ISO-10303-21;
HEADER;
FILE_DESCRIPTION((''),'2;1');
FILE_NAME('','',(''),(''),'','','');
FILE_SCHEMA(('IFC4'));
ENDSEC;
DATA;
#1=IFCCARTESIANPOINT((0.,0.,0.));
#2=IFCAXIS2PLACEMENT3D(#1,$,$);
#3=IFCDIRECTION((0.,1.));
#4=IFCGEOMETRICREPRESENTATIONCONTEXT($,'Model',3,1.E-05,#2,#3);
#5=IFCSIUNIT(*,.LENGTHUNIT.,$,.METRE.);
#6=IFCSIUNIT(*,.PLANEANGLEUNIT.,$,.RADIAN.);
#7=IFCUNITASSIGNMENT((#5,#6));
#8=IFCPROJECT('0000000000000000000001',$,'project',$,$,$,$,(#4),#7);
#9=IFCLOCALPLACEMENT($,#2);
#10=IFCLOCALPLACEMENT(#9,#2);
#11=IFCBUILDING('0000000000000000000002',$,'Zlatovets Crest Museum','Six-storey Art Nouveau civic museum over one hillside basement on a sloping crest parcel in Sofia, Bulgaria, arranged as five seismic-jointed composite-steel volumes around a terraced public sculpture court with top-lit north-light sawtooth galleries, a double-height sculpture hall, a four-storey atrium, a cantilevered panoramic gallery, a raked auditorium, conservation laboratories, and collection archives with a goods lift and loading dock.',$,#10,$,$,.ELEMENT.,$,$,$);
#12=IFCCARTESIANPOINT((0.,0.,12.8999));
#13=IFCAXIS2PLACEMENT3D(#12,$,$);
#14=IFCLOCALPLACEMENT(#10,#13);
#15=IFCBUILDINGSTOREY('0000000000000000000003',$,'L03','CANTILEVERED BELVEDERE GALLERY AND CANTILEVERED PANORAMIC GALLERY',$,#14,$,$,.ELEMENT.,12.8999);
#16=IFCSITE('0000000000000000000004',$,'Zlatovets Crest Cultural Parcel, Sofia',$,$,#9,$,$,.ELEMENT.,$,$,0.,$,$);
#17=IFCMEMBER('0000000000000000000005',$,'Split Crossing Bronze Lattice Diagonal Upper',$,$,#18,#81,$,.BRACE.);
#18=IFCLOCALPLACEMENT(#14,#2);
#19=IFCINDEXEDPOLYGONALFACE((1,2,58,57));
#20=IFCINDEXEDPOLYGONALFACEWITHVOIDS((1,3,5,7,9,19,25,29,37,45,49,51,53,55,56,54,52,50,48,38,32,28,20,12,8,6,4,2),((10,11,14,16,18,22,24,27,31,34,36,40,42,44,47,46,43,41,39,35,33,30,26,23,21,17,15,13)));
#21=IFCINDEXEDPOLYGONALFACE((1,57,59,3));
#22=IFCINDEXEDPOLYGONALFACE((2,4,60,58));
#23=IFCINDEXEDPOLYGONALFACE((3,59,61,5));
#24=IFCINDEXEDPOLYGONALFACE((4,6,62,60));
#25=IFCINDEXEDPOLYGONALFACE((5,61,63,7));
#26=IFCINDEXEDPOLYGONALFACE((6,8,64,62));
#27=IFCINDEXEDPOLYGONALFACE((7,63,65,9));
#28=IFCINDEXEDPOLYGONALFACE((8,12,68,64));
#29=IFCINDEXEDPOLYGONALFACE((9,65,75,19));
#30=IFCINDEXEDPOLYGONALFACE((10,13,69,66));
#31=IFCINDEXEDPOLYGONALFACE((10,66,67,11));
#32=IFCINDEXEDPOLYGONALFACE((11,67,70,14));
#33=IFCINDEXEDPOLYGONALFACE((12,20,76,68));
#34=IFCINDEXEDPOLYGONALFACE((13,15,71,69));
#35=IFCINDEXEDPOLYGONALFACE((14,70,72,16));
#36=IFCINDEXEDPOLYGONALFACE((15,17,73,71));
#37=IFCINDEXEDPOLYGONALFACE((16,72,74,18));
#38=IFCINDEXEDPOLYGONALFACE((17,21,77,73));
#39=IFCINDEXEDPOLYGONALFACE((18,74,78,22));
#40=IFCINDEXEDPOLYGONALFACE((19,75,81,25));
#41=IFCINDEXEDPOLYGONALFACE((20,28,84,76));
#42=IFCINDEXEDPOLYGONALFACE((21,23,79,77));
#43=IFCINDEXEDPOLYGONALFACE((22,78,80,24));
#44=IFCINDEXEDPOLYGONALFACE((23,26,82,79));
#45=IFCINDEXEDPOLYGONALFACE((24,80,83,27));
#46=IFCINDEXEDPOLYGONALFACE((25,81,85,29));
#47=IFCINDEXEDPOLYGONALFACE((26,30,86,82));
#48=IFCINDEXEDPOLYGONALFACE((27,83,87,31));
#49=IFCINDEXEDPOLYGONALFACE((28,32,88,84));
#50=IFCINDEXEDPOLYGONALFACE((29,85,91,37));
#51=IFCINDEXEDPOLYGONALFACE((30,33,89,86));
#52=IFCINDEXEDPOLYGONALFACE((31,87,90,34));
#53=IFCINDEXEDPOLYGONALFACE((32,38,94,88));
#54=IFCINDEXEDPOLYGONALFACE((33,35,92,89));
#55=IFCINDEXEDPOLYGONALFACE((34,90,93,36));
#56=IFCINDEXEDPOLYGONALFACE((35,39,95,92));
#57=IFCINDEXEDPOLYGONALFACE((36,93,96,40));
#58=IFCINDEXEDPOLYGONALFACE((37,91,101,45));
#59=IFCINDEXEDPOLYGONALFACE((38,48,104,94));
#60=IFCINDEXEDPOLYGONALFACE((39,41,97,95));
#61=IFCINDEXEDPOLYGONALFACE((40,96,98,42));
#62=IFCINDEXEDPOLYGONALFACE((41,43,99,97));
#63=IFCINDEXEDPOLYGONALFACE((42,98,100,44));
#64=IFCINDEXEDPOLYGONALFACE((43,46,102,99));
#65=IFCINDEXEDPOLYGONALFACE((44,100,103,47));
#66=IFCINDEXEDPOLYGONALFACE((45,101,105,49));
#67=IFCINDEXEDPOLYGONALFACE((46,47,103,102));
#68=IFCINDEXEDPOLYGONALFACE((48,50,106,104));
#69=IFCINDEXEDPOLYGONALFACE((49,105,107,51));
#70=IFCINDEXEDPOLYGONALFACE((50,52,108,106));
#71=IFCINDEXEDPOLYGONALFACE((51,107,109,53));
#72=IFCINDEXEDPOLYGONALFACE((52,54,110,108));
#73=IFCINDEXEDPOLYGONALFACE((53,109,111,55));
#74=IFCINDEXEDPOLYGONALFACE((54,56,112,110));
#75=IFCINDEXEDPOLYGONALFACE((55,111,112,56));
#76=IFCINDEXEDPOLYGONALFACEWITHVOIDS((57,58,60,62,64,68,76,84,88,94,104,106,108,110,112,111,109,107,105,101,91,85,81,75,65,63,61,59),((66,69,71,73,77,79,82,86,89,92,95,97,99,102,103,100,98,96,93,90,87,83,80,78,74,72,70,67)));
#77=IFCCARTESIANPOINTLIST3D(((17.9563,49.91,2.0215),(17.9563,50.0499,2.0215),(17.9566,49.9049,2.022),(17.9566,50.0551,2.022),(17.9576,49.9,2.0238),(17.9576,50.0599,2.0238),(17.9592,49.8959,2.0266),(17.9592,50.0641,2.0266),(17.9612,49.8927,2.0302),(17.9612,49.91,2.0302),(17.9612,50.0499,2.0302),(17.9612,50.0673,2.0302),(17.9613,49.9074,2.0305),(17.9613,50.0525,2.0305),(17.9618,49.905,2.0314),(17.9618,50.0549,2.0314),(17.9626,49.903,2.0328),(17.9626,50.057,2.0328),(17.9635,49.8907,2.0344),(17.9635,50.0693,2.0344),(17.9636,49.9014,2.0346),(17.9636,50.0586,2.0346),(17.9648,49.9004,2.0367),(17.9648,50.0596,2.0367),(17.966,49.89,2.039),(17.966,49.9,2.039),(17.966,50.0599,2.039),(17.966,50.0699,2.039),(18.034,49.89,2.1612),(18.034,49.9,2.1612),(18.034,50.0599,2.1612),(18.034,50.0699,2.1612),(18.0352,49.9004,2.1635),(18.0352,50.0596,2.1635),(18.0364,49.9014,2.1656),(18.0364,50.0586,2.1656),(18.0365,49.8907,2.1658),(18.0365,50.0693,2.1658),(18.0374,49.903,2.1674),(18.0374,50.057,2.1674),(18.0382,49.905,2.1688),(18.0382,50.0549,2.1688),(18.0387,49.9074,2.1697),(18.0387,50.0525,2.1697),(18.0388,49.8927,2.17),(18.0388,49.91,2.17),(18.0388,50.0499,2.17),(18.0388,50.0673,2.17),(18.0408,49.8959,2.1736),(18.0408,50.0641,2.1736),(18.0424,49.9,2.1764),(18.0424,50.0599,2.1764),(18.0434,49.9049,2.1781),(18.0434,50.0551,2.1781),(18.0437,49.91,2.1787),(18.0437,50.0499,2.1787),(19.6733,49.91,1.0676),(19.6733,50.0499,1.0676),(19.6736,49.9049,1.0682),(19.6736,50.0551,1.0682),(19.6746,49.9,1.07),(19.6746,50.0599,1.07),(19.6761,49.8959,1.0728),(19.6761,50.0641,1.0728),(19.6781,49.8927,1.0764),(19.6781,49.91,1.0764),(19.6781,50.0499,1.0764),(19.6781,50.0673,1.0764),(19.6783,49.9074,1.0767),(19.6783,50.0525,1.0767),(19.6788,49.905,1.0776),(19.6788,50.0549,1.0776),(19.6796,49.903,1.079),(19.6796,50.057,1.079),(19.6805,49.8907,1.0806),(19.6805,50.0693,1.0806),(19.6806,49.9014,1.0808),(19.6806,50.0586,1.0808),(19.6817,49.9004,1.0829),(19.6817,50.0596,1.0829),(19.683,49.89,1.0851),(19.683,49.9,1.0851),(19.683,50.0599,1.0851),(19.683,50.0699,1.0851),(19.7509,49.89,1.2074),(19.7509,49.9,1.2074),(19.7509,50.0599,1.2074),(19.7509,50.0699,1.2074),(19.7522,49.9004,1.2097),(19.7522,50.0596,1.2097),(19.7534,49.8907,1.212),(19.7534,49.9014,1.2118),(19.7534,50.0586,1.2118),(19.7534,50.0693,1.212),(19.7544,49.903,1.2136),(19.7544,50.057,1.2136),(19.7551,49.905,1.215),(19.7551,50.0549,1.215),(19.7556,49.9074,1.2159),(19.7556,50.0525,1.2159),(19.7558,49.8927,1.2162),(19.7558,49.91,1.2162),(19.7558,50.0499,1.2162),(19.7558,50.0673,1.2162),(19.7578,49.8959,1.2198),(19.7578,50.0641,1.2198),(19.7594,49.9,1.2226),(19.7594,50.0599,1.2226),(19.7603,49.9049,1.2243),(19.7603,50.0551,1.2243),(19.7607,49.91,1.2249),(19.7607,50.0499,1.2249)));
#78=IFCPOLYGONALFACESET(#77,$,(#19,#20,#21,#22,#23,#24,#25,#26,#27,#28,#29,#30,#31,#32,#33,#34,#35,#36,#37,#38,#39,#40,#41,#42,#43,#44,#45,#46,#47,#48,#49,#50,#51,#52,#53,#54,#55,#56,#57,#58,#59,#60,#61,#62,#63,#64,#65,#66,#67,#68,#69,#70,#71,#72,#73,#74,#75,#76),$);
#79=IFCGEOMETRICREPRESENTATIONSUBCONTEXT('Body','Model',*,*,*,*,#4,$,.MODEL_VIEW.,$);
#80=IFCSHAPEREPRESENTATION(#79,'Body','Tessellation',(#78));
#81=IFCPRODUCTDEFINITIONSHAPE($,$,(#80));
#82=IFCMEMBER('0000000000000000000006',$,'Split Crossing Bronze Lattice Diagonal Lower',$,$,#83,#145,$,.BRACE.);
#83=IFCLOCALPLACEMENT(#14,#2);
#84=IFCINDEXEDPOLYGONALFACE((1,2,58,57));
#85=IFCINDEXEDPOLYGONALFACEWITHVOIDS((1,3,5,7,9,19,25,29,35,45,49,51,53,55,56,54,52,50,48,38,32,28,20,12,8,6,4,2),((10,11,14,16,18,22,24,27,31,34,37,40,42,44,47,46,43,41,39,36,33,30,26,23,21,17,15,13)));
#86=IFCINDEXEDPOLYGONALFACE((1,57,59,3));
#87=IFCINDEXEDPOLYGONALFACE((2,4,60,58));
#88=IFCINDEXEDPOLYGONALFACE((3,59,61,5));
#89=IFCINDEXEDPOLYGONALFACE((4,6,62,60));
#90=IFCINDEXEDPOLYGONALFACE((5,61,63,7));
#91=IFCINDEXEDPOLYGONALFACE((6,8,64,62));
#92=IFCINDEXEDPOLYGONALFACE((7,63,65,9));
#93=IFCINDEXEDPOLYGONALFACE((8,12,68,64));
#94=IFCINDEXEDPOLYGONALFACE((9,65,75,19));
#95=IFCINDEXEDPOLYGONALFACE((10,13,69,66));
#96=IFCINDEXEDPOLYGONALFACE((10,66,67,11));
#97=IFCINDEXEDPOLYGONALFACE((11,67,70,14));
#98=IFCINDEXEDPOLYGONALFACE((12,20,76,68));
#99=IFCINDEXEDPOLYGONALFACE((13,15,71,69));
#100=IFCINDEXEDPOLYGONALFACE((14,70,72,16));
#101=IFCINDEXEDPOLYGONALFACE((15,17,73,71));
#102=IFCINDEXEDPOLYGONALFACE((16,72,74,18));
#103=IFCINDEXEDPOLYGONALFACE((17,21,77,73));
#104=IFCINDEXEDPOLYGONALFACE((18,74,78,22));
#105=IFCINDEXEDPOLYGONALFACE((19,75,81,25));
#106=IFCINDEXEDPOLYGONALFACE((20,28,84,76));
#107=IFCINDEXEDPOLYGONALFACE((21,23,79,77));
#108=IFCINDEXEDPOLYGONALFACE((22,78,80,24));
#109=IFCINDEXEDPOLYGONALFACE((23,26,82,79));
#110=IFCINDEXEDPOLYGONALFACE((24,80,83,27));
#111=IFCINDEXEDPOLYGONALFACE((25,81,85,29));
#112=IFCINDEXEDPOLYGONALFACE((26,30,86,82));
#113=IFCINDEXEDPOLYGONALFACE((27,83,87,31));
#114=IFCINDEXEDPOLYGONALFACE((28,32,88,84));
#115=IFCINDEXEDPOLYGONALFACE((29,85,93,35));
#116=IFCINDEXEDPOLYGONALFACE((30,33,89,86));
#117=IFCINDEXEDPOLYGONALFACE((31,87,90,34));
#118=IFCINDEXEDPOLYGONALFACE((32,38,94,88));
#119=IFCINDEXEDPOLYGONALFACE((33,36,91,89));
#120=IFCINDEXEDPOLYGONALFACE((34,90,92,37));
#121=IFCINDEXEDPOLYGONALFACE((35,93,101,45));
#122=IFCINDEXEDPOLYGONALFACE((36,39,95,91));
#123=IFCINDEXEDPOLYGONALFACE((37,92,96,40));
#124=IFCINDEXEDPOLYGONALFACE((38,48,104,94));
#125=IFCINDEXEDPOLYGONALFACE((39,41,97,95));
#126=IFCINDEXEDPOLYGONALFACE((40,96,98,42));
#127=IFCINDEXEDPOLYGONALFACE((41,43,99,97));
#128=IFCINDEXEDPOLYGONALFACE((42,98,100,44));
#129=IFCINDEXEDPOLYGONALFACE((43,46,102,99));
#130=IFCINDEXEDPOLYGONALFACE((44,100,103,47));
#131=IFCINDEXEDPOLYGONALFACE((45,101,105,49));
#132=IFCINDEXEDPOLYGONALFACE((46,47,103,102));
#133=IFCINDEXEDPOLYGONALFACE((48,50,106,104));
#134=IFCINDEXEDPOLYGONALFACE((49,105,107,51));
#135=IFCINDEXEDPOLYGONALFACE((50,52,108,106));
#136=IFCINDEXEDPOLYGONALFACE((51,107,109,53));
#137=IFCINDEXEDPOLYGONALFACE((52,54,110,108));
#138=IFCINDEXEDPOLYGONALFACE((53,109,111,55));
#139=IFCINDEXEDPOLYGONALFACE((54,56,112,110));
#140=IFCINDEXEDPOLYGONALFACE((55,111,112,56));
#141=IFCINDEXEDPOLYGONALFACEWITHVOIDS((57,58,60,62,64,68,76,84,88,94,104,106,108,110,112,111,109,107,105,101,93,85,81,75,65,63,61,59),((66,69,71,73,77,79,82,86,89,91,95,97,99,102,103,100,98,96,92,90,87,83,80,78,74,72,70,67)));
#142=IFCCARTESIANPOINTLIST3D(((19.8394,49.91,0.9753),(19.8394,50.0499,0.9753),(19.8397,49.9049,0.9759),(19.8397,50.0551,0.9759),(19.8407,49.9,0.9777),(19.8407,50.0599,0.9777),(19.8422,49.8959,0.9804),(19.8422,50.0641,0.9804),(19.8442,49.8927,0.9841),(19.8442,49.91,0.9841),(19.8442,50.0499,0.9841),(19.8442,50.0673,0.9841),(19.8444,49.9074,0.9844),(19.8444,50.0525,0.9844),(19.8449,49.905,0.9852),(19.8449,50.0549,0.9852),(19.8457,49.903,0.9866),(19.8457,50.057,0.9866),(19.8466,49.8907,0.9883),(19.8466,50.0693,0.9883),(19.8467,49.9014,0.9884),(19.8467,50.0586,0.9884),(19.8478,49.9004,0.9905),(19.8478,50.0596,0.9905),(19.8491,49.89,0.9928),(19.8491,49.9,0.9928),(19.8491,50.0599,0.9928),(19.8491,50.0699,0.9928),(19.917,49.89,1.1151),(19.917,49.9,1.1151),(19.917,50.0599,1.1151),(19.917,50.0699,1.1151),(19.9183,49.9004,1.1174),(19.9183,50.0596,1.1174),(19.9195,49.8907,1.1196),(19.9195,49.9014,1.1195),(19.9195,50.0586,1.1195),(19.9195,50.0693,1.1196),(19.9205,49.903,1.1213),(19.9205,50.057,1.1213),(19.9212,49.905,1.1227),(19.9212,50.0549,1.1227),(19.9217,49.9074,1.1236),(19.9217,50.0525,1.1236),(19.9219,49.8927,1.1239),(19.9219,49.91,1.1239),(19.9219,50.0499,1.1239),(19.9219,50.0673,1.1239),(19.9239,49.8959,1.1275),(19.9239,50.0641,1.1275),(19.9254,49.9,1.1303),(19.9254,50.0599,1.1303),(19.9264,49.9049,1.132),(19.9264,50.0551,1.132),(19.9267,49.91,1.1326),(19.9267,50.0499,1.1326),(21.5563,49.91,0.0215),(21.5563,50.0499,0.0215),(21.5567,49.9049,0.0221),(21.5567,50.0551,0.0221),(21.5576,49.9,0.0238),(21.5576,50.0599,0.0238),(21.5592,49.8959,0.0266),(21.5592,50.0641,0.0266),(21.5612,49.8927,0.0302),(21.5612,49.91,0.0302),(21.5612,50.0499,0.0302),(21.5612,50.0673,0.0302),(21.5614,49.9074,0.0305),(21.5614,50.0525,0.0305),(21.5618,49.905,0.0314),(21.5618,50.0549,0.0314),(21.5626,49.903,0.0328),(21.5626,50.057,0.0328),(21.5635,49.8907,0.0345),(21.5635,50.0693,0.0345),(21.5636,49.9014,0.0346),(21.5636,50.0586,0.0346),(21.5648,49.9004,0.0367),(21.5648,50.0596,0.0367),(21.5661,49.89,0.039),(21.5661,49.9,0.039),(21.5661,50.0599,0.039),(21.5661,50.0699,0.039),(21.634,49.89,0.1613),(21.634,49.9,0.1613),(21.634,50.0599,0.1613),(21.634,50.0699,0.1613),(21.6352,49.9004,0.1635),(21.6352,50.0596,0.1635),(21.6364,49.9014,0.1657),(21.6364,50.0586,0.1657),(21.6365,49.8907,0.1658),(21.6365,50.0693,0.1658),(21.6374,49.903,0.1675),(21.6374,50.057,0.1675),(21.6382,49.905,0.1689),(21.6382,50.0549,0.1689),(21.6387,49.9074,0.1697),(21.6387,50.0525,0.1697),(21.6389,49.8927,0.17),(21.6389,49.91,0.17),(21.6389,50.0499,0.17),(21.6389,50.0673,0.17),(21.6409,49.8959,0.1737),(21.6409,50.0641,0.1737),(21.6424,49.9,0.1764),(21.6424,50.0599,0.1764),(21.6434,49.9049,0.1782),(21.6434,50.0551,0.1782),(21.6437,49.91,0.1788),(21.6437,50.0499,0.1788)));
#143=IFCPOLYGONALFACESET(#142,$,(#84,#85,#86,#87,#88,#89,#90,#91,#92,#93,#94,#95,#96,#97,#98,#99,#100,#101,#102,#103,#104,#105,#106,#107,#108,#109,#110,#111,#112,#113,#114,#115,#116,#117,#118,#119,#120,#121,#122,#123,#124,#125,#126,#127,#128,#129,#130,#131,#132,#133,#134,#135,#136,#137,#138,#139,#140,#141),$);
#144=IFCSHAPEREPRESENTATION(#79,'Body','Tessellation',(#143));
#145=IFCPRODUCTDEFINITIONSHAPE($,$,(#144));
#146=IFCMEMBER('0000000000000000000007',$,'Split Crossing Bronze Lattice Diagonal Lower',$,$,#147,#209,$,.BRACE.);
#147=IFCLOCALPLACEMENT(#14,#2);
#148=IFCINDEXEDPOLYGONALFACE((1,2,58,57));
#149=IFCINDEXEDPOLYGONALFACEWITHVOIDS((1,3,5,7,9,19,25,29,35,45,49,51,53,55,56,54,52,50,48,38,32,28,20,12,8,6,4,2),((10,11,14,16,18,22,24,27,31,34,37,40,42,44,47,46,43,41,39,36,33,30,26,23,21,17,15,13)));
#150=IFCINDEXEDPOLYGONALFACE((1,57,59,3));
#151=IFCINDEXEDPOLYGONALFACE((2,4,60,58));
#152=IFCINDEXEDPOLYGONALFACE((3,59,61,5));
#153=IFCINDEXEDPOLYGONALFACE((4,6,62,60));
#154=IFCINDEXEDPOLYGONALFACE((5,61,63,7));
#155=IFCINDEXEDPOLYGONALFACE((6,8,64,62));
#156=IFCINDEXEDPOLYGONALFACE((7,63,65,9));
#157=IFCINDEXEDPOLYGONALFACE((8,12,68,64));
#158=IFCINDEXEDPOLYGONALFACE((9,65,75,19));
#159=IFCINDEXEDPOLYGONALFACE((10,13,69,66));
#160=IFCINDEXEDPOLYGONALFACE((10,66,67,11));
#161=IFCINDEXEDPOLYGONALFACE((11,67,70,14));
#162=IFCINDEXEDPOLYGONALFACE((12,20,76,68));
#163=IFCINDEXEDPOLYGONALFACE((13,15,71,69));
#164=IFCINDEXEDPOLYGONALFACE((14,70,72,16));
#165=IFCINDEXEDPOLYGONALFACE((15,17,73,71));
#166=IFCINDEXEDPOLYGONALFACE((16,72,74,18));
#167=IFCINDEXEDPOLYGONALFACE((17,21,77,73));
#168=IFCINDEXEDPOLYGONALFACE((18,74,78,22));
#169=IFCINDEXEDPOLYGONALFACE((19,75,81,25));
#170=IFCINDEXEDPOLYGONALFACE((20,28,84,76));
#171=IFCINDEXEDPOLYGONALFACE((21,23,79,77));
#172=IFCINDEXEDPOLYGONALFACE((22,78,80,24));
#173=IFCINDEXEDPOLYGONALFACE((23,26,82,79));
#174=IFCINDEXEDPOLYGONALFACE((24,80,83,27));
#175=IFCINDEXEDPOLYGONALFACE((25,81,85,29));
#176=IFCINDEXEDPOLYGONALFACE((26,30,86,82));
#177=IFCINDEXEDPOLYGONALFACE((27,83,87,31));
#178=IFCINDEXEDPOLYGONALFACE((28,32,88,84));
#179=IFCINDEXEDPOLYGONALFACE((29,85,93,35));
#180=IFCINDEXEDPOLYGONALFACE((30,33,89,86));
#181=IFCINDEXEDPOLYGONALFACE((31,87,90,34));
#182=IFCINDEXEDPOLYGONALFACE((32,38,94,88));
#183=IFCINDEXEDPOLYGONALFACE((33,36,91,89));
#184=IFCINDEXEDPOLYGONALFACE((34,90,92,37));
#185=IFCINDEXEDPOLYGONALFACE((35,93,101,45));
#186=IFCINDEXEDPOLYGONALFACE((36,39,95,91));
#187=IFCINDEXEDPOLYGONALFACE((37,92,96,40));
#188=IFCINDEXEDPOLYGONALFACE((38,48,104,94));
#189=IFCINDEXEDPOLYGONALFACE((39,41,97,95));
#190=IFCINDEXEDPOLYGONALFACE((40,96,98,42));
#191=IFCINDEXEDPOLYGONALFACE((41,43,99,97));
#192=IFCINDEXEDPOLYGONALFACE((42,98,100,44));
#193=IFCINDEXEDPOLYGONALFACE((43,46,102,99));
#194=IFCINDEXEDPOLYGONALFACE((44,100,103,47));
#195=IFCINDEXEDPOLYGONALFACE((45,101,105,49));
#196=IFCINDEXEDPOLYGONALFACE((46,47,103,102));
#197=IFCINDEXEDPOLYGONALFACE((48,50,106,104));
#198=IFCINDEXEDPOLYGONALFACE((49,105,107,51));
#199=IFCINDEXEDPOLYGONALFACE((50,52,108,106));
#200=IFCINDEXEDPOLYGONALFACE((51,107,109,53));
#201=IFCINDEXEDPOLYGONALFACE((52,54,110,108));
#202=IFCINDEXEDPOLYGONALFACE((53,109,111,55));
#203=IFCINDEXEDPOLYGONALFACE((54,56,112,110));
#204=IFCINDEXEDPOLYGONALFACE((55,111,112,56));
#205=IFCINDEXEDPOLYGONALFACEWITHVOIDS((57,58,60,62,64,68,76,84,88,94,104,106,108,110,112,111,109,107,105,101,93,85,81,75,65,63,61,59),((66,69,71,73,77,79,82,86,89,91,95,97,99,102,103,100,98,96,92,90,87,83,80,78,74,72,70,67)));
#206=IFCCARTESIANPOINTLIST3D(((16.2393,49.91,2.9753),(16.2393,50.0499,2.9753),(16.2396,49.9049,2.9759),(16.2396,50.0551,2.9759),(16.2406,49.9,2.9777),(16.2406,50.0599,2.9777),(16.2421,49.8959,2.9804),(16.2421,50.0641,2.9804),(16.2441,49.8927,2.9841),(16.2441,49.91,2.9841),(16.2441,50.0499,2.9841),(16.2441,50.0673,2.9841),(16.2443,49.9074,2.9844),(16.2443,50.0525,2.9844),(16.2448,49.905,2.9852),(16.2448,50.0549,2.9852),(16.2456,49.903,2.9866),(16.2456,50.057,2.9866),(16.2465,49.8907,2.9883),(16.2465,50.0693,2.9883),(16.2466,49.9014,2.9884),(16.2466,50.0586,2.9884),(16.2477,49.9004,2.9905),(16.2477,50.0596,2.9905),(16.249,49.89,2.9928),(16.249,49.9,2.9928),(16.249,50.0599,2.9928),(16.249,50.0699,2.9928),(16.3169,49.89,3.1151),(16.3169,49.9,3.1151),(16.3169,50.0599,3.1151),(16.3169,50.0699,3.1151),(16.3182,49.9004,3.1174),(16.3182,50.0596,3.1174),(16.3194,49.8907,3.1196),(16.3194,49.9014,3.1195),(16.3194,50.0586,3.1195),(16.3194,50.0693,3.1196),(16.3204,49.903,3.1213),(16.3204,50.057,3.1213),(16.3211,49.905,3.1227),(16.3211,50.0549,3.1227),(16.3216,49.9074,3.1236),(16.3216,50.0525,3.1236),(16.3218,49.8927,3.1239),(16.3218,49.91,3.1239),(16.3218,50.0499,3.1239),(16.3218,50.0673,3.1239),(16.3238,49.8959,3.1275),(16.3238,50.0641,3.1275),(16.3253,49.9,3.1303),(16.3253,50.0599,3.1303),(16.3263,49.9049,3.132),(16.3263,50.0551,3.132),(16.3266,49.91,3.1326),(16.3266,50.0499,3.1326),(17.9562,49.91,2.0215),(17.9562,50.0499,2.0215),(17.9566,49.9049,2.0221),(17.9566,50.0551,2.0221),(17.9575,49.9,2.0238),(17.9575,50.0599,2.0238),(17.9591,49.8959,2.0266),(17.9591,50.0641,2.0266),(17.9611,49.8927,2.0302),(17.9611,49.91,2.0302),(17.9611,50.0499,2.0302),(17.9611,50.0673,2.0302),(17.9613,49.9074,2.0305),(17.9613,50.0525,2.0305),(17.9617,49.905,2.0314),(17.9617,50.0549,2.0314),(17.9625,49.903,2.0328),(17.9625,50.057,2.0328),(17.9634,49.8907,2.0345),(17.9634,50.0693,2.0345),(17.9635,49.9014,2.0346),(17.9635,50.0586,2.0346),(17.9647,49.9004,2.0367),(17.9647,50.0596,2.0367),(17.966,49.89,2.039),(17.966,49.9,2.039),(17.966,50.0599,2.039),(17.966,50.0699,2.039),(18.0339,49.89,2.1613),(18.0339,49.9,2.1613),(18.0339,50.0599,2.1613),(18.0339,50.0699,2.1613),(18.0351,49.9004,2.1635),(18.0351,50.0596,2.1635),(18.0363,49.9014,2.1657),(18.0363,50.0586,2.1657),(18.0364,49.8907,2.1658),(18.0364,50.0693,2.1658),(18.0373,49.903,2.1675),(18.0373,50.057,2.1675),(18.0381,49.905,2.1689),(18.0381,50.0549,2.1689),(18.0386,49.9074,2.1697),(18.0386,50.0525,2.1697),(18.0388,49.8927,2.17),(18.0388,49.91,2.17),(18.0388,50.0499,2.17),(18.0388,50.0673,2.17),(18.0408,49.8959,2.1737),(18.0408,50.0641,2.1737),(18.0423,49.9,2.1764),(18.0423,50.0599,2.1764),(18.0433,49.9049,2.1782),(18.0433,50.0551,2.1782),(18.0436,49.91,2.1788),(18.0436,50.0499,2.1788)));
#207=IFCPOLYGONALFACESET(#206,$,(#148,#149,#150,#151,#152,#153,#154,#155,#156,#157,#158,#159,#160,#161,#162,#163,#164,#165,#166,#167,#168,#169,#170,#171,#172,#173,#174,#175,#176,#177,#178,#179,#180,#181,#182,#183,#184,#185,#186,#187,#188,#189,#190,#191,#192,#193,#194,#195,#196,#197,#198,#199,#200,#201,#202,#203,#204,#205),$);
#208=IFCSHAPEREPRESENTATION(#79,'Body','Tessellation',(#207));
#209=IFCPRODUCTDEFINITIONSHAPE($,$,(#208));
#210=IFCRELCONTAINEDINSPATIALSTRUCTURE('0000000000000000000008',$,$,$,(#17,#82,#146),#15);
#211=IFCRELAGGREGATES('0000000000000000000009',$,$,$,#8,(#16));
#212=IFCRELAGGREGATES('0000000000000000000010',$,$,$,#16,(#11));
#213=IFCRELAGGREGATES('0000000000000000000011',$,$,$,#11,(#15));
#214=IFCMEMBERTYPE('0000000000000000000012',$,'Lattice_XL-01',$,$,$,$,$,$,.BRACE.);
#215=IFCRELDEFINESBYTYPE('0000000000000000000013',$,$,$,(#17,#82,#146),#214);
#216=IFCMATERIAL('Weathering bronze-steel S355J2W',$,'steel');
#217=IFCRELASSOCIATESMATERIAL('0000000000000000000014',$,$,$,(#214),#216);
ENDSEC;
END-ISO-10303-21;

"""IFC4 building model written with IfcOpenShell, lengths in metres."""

from ifc_helpers import new_model, si_unit, direction, frame, origin, origin_2d, place, context, subcontext, project, spatial, hollow_rectangle, extrude, material, material_profile, profile_set, type_object, element, save


model = new_model("IFC4")

# Units and contexts
model_context = context("Model", 3, precision=1e-05, world=origin(), true_north=direction((0.0, 1.0)))
body_context = subcontext(model_context, "Body", "Model", "MODEL_VIEW")
ifc_project = project(units=[si_unit("LENGTHUNIT", "METRE"), si_unit("PLANEANGLEUNIT", "RADIAN")], contexts=[model_context])

# Site, building, storey
site_placement = place(None, origin())
site = spatial("IfcSite", under=ifc_project, at=site_placement, Name="Zlatovets Crest Cultural Parcel, Sofia", CompositionType="ELEMENT", RefElevation=0.0)
building_placement = place(site_placement, origin())
building = spatial("IfcBuilding", under=site, at=building_placement, Name="Zlatovets Crest Museum", Description="Six-storey Art Nouveau civic museum over one hillside basement on a sloping crest parcel in Sofia, Bulgaria, arranged as five seismic-jointed composite-steel volumes around a terraced public sculpture court with top-lit north-light sawtooth galleries, a double-height sculpture hall, a four-storey atrium, a cantilevered panoramic gallery, a raked auditorium, conservation laboratories, and collection archives with a goods lift and loading dock.", CompositionType="ELEMENT")
storey_placement = place(building_placement, frame((0.0, 0.0, 12.8999)))
storey = spatial("IfcBuildingStorey", under=building, at=storey_placement, Name="L03", Description="CANTILEVERED BELVEDERE GALLERY AND CANTILEVERED PANORAMIC GALLERY", CompositionType="ELEMENT", Elevation=12.8999)

# Members
ifc_material_1 = material(Name="Weathering bronze-steel S355J2W", Category="steel")
ifc_material_profile_1 = material_profile(ifc_material_1, hollow_rectangle(XDim=0.1799, YDim=0.1799, WallThickness=0.01, InnerFilletRadius=0.01, OuterFilletRadius=0.02, at=origin_2d()), Name="SHS 180x180x10.0")
ifc_profile_set_1 = profile_set([ifc_material_profile_1], Name="Weathering bronze-steel S355J2W")
member_type_1 = type_object("IfcMemberType", Name="Lattice_XL-01", PredefinedType="BRACE", material=ifc_profile_set_1)
for number, where, z_axis, x_axis, name in (
    (1, (18.0, 49.98, 2.1001), (0.874169, 0.0, -0.485622), (0.0, 1.0, 0.0), "Split Crossing Bronze Lattice Diagonal Upper"),
    (2, (19.8831, 49.98, 1.054), (0.874169, 0.0, -0.485622), (0.0, 1.0, 0.0), "Split Crossing Bronze Lattice Diagonal Lower"),
    (3, (16.283, 49.98, 3.054), (0.874169, 0.0, -0.485622), (0.0, 1.0, 0.0), "Split Crossing Bronze Lattice Diagonal Lower"),
):
    element("IfcMember", number, at=place(storey_placement, frame(where, z_axis=z_axis, x_axis=x_axis)), inside=storey, type_object=member_type_1, Name=name, PredefinedType="BRACE", context=body_context, shape_type="SweptSolid", body=[
        extrude(hollow_rectangle(XDim=0.1799, YDim=0.1799, WallThickness=0.01, InnerFilletRadius=0.01, OuterFilletRadius=0.02, at=origin_2d()), origin(), (0.0, 0.0, 1.0), 1.9641),
    ])

save(model, "model.ifc")
